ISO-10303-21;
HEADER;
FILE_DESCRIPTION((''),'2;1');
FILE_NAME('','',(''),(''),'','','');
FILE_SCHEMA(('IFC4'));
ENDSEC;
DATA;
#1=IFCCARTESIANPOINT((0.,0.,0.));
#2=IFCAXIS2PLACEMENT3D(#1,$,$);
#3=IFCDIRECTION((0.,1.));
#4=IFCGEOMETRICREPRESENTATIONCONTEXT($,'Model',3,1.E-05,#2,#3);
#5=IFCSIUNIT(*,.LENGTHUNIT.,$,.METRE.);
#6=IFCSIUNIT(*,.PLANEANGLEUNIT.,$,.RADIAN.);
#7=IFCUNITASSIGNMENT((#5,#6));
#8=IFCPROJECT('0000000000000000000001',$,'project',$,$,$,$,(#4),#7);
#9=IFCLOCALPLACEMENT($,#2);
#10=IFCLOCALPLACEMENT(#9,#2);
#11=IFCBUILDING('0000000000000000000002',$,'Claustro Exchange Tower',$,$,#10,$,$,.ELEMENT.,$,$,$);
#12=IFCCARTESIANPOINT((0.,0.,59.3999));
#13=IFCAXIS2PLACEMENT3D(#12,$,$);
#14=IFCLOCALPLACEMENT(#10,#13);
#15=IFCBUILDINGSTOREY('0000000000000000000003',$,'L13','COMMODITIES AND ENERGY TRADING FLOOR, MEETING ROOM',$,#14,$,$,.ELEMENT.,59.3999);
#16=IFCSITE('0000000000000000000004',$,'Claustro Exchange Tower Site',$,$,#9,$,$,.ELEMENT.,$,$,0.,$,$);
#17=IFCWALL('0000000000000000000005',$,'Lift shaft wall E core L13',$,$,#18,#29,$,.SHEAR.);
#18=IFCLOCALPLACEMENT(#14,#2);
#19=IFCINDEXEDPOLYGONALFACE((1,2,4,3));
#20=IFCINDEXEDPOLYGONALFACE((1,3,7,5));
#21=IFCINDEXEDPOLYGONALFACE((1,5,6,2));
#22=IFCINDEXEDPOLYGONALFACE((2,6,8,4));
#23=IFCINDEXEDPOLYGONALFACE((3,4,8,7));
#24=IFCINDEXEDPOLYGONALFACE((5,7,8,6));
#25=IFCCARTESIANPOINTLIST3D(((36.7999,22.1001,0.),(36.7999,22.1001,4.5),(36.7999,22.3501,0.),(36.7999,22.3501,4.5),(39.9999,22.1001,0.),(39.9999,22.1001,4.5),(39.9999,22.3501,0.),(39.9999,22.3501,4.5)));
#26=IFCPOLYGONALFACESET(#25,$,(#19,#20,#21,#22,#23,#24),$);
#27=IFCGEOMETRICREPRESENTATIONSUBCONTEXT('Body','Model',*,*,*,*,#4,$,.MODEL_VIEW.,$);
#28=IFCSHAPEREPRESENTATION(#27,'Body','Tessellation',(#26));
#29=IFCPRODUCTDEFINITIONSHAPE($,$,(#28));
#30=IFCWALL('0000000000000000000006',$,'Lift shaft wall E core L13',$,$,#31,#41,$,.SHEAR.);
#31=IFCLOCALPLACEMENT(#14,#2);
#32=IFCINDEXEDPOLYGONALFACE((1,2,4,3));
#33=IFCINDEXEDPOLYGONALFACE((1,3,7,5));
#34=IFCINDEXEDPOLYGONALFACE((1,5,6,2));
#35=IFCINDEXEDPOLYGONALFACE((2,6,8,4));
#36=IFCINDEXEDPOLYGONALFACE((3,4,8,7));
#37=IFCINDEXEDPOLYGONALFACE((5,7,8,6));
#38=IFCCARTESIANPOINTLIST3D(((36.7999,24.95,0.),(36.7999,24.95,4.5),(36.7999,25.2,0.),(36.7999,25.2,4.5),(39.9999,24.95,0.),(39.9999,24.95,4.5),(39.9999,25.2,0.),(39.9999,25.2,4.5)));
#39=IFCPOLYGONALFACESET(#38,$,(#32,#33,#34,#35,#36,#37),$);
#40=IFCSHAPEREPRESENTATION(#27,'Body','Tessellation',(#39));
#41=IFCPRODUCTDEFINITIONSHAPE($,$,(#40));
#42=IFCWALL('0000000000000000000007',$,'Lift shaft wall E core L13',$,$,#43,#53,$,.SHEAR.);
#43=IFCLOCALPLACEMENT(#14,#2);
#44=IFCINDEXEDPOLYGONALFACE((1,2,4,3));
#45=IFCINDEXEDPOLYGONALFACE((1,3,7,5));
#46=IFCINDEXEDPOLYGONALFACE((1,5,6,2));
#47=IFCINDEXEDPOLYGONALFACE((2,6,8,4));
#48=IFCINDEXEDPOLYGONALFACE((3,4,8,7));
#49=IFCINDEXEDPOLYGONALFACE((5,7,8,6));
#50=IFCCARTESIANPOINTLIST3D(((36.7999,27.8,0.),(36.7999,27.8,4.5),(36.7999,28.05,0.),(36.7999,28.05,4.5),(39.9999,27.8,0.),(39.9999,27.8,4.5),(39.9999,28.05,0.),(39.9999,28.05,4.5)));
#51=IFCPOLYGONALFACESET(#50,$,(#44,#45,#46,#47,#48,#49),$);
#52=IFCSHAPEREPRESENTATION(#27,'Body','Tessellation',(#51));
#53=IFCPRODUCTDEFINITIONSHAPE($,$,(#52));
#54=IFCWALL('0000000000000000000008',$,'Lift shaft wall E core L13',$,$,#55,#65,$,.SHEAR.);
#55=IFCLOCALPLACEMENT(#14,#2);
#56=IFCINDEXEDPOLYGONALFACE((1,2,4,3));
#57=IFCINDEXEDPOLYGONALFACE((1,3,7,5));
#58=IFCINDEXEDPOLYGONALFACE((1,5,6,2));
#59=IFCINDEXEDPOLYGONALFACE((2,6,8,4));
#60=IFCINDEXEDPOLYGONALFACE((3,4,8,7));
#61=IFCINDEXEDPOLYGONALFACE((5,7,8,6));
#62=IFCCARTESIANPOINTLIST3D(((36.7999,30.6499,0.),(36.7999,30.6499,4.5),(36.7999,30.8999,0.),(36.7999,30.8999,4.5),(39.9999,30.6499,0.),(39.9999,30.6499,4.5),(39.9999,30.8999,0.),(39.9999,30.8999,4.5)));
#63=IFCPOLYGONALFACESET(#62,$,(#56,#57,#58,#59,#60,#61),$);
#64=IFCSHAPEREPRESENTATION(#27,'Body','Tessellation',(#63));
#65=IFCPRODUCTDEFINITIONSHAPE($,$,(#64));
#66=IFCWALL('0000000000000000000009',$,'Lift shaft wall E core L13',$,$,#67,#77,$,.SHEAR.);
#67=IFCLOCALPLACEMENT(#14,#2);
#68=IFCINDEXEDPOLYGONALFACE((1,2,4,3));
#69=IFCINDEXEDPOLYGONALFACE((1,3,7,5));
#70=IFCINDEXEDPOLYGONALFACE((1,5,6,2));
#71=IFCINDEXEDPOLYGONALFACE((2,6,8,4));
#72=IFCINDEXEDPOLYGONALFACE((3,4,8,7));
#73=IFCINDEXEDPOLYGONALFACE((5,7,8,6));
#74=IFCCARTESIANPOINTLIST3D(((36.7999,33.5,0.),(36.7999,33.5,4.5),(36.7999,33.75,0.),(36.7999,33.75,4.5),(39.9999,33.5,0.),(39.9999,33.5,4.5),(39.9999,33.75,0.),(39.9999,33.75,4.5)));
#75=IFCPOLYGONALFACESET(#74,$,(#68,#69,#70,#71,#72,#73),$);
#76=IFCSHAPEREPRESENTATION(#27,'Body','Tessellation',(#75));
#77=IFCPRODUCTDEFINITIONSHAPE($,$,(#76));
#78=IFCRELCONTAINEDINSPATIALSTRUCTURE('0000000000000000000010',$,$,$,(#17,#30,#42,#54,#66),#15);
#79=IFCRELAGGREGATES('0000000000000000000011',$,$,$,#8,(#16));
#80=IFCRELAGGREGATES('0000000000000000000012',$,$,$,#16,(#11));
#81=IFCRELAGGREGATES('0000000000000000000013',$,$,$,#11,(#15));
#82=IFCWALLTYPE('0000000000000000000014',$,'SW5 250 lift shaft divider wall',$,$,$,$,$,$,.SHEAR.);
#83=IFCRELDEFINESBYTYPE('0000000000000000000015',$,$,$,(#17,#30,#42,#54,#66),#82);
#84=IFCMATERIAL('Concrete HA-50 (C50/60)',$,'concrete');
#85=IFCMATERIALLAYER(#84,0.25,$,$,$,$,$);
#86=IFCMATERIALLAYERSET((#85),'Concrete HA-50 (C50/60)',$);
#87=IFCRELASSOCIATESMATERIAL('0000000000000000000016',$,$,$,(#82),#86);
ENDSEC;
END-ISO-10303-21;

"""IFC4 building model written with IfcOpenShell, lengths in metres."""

from ifc_helpers import new_model, si_unit, direction, frame, frame_2d, origin, place, context, subcontext, project, spatial, rectangle, extrude, material, layer, layer_set, type_object, element, save


model = new_model("IFC4")

# Units and contexts
model_context = context("Model", 3, precision=1e-05, world=origin(), true_north=direction((0.0, 1.0)))
body_context = subcontext(model_context, "Body", "Model", "MODEL_VIEW")
ifc_project = project(units=[si_unit("LENGTHUNIT", "METRE"), si_unit("PLANEANGLEUNIT", "RADIAN")], contexts=[model_context])

# Site, building, storey
site_placement = place(None, origin())
site = spatial("IfcSite", under=ifc_project, at=site_placement, Name="Claustro Exchange Tower Site", CompositionType="ELEMENT", RefElevation=0.0)
building_placement = place(site_placement, origin())
building = spatial("IfcBuilding", under=site, at=building_placement, Name="Claustro Exchange Tower", CompositionType="ELEMENT")
storey_placement = place(building_placement, frame((0.0, 0.0, 59.3999)))
storey = spatial("IfcBuildingStorey", under=building, at=storey_placement, Name="L13", Description="COMMODITIES AND ENERGY TRADING FLOOR, MEETING ROOM", CompositionType="ELEMENT", Elevation=59.3999)

# Walls
ifc_material_1 = material(Name="Concrete HA-50 (C50/60)", Category="concrete")
ifc_layer_1 = layer(ifc_material_1, 0.25)
ifc_layer_set_1 = layer_set([ifc_layer_1], Name="Concrete HA-50 (C50/60)")
wall_type_1 = type_object("IfcWallType", Name="SW5 250 lift shaft divider wall", PredefinedType="SHEAR", material=ifc_layer_set_1)
for number, where, z_axis, x_axis, name in (
    (1, (40.0, 22.2251, 0.0), (0.0, 0.0, 1.0), (-1.0, 0.0, 0.0), "Lift shaft wall E core L13"),
    (2, (40.0, 25.075, 0.0), (0.0, 0.0, 1.0), (-1.0, 0.0, 0.0), "Lift shaft wall E core L13"),
    (3, (40.0, 27.925, 0.0), (0.0, 0.0, 1.0), (-1.0, 0.0, 0.0), "Lift shaft wall E core L13"),
    (4, (40.0, 30.7749, 0.0), (0.0, 0.0, 1.0), (-1.0, 0.0, 0.0), "Lift shaft wall E core L13"),
    (5, (40.0, 33.625, 0.0), (0.0, 0.0, 1.0), (-1.0, 0.0, 0.0), "Lift shaft wall E core L13"),
):
    element("IfcWall", number, at=place(storey_placement, frame(where, z_axis=z_axis, x_axis=x_axis)), inside=storey, type_object=wall_type_1, Name=name, PredefinedType="SHEAR", context=body_context, shape_type="SweptSolid", body=[
        extrude(rectangle(XDim=3.2, YDim=0.25, at=frame_2d((1.6001, 0.0))), origin(), (0.0, 0.0, 1.0), 4.5),
    ])

save(model, "model.ifc")
